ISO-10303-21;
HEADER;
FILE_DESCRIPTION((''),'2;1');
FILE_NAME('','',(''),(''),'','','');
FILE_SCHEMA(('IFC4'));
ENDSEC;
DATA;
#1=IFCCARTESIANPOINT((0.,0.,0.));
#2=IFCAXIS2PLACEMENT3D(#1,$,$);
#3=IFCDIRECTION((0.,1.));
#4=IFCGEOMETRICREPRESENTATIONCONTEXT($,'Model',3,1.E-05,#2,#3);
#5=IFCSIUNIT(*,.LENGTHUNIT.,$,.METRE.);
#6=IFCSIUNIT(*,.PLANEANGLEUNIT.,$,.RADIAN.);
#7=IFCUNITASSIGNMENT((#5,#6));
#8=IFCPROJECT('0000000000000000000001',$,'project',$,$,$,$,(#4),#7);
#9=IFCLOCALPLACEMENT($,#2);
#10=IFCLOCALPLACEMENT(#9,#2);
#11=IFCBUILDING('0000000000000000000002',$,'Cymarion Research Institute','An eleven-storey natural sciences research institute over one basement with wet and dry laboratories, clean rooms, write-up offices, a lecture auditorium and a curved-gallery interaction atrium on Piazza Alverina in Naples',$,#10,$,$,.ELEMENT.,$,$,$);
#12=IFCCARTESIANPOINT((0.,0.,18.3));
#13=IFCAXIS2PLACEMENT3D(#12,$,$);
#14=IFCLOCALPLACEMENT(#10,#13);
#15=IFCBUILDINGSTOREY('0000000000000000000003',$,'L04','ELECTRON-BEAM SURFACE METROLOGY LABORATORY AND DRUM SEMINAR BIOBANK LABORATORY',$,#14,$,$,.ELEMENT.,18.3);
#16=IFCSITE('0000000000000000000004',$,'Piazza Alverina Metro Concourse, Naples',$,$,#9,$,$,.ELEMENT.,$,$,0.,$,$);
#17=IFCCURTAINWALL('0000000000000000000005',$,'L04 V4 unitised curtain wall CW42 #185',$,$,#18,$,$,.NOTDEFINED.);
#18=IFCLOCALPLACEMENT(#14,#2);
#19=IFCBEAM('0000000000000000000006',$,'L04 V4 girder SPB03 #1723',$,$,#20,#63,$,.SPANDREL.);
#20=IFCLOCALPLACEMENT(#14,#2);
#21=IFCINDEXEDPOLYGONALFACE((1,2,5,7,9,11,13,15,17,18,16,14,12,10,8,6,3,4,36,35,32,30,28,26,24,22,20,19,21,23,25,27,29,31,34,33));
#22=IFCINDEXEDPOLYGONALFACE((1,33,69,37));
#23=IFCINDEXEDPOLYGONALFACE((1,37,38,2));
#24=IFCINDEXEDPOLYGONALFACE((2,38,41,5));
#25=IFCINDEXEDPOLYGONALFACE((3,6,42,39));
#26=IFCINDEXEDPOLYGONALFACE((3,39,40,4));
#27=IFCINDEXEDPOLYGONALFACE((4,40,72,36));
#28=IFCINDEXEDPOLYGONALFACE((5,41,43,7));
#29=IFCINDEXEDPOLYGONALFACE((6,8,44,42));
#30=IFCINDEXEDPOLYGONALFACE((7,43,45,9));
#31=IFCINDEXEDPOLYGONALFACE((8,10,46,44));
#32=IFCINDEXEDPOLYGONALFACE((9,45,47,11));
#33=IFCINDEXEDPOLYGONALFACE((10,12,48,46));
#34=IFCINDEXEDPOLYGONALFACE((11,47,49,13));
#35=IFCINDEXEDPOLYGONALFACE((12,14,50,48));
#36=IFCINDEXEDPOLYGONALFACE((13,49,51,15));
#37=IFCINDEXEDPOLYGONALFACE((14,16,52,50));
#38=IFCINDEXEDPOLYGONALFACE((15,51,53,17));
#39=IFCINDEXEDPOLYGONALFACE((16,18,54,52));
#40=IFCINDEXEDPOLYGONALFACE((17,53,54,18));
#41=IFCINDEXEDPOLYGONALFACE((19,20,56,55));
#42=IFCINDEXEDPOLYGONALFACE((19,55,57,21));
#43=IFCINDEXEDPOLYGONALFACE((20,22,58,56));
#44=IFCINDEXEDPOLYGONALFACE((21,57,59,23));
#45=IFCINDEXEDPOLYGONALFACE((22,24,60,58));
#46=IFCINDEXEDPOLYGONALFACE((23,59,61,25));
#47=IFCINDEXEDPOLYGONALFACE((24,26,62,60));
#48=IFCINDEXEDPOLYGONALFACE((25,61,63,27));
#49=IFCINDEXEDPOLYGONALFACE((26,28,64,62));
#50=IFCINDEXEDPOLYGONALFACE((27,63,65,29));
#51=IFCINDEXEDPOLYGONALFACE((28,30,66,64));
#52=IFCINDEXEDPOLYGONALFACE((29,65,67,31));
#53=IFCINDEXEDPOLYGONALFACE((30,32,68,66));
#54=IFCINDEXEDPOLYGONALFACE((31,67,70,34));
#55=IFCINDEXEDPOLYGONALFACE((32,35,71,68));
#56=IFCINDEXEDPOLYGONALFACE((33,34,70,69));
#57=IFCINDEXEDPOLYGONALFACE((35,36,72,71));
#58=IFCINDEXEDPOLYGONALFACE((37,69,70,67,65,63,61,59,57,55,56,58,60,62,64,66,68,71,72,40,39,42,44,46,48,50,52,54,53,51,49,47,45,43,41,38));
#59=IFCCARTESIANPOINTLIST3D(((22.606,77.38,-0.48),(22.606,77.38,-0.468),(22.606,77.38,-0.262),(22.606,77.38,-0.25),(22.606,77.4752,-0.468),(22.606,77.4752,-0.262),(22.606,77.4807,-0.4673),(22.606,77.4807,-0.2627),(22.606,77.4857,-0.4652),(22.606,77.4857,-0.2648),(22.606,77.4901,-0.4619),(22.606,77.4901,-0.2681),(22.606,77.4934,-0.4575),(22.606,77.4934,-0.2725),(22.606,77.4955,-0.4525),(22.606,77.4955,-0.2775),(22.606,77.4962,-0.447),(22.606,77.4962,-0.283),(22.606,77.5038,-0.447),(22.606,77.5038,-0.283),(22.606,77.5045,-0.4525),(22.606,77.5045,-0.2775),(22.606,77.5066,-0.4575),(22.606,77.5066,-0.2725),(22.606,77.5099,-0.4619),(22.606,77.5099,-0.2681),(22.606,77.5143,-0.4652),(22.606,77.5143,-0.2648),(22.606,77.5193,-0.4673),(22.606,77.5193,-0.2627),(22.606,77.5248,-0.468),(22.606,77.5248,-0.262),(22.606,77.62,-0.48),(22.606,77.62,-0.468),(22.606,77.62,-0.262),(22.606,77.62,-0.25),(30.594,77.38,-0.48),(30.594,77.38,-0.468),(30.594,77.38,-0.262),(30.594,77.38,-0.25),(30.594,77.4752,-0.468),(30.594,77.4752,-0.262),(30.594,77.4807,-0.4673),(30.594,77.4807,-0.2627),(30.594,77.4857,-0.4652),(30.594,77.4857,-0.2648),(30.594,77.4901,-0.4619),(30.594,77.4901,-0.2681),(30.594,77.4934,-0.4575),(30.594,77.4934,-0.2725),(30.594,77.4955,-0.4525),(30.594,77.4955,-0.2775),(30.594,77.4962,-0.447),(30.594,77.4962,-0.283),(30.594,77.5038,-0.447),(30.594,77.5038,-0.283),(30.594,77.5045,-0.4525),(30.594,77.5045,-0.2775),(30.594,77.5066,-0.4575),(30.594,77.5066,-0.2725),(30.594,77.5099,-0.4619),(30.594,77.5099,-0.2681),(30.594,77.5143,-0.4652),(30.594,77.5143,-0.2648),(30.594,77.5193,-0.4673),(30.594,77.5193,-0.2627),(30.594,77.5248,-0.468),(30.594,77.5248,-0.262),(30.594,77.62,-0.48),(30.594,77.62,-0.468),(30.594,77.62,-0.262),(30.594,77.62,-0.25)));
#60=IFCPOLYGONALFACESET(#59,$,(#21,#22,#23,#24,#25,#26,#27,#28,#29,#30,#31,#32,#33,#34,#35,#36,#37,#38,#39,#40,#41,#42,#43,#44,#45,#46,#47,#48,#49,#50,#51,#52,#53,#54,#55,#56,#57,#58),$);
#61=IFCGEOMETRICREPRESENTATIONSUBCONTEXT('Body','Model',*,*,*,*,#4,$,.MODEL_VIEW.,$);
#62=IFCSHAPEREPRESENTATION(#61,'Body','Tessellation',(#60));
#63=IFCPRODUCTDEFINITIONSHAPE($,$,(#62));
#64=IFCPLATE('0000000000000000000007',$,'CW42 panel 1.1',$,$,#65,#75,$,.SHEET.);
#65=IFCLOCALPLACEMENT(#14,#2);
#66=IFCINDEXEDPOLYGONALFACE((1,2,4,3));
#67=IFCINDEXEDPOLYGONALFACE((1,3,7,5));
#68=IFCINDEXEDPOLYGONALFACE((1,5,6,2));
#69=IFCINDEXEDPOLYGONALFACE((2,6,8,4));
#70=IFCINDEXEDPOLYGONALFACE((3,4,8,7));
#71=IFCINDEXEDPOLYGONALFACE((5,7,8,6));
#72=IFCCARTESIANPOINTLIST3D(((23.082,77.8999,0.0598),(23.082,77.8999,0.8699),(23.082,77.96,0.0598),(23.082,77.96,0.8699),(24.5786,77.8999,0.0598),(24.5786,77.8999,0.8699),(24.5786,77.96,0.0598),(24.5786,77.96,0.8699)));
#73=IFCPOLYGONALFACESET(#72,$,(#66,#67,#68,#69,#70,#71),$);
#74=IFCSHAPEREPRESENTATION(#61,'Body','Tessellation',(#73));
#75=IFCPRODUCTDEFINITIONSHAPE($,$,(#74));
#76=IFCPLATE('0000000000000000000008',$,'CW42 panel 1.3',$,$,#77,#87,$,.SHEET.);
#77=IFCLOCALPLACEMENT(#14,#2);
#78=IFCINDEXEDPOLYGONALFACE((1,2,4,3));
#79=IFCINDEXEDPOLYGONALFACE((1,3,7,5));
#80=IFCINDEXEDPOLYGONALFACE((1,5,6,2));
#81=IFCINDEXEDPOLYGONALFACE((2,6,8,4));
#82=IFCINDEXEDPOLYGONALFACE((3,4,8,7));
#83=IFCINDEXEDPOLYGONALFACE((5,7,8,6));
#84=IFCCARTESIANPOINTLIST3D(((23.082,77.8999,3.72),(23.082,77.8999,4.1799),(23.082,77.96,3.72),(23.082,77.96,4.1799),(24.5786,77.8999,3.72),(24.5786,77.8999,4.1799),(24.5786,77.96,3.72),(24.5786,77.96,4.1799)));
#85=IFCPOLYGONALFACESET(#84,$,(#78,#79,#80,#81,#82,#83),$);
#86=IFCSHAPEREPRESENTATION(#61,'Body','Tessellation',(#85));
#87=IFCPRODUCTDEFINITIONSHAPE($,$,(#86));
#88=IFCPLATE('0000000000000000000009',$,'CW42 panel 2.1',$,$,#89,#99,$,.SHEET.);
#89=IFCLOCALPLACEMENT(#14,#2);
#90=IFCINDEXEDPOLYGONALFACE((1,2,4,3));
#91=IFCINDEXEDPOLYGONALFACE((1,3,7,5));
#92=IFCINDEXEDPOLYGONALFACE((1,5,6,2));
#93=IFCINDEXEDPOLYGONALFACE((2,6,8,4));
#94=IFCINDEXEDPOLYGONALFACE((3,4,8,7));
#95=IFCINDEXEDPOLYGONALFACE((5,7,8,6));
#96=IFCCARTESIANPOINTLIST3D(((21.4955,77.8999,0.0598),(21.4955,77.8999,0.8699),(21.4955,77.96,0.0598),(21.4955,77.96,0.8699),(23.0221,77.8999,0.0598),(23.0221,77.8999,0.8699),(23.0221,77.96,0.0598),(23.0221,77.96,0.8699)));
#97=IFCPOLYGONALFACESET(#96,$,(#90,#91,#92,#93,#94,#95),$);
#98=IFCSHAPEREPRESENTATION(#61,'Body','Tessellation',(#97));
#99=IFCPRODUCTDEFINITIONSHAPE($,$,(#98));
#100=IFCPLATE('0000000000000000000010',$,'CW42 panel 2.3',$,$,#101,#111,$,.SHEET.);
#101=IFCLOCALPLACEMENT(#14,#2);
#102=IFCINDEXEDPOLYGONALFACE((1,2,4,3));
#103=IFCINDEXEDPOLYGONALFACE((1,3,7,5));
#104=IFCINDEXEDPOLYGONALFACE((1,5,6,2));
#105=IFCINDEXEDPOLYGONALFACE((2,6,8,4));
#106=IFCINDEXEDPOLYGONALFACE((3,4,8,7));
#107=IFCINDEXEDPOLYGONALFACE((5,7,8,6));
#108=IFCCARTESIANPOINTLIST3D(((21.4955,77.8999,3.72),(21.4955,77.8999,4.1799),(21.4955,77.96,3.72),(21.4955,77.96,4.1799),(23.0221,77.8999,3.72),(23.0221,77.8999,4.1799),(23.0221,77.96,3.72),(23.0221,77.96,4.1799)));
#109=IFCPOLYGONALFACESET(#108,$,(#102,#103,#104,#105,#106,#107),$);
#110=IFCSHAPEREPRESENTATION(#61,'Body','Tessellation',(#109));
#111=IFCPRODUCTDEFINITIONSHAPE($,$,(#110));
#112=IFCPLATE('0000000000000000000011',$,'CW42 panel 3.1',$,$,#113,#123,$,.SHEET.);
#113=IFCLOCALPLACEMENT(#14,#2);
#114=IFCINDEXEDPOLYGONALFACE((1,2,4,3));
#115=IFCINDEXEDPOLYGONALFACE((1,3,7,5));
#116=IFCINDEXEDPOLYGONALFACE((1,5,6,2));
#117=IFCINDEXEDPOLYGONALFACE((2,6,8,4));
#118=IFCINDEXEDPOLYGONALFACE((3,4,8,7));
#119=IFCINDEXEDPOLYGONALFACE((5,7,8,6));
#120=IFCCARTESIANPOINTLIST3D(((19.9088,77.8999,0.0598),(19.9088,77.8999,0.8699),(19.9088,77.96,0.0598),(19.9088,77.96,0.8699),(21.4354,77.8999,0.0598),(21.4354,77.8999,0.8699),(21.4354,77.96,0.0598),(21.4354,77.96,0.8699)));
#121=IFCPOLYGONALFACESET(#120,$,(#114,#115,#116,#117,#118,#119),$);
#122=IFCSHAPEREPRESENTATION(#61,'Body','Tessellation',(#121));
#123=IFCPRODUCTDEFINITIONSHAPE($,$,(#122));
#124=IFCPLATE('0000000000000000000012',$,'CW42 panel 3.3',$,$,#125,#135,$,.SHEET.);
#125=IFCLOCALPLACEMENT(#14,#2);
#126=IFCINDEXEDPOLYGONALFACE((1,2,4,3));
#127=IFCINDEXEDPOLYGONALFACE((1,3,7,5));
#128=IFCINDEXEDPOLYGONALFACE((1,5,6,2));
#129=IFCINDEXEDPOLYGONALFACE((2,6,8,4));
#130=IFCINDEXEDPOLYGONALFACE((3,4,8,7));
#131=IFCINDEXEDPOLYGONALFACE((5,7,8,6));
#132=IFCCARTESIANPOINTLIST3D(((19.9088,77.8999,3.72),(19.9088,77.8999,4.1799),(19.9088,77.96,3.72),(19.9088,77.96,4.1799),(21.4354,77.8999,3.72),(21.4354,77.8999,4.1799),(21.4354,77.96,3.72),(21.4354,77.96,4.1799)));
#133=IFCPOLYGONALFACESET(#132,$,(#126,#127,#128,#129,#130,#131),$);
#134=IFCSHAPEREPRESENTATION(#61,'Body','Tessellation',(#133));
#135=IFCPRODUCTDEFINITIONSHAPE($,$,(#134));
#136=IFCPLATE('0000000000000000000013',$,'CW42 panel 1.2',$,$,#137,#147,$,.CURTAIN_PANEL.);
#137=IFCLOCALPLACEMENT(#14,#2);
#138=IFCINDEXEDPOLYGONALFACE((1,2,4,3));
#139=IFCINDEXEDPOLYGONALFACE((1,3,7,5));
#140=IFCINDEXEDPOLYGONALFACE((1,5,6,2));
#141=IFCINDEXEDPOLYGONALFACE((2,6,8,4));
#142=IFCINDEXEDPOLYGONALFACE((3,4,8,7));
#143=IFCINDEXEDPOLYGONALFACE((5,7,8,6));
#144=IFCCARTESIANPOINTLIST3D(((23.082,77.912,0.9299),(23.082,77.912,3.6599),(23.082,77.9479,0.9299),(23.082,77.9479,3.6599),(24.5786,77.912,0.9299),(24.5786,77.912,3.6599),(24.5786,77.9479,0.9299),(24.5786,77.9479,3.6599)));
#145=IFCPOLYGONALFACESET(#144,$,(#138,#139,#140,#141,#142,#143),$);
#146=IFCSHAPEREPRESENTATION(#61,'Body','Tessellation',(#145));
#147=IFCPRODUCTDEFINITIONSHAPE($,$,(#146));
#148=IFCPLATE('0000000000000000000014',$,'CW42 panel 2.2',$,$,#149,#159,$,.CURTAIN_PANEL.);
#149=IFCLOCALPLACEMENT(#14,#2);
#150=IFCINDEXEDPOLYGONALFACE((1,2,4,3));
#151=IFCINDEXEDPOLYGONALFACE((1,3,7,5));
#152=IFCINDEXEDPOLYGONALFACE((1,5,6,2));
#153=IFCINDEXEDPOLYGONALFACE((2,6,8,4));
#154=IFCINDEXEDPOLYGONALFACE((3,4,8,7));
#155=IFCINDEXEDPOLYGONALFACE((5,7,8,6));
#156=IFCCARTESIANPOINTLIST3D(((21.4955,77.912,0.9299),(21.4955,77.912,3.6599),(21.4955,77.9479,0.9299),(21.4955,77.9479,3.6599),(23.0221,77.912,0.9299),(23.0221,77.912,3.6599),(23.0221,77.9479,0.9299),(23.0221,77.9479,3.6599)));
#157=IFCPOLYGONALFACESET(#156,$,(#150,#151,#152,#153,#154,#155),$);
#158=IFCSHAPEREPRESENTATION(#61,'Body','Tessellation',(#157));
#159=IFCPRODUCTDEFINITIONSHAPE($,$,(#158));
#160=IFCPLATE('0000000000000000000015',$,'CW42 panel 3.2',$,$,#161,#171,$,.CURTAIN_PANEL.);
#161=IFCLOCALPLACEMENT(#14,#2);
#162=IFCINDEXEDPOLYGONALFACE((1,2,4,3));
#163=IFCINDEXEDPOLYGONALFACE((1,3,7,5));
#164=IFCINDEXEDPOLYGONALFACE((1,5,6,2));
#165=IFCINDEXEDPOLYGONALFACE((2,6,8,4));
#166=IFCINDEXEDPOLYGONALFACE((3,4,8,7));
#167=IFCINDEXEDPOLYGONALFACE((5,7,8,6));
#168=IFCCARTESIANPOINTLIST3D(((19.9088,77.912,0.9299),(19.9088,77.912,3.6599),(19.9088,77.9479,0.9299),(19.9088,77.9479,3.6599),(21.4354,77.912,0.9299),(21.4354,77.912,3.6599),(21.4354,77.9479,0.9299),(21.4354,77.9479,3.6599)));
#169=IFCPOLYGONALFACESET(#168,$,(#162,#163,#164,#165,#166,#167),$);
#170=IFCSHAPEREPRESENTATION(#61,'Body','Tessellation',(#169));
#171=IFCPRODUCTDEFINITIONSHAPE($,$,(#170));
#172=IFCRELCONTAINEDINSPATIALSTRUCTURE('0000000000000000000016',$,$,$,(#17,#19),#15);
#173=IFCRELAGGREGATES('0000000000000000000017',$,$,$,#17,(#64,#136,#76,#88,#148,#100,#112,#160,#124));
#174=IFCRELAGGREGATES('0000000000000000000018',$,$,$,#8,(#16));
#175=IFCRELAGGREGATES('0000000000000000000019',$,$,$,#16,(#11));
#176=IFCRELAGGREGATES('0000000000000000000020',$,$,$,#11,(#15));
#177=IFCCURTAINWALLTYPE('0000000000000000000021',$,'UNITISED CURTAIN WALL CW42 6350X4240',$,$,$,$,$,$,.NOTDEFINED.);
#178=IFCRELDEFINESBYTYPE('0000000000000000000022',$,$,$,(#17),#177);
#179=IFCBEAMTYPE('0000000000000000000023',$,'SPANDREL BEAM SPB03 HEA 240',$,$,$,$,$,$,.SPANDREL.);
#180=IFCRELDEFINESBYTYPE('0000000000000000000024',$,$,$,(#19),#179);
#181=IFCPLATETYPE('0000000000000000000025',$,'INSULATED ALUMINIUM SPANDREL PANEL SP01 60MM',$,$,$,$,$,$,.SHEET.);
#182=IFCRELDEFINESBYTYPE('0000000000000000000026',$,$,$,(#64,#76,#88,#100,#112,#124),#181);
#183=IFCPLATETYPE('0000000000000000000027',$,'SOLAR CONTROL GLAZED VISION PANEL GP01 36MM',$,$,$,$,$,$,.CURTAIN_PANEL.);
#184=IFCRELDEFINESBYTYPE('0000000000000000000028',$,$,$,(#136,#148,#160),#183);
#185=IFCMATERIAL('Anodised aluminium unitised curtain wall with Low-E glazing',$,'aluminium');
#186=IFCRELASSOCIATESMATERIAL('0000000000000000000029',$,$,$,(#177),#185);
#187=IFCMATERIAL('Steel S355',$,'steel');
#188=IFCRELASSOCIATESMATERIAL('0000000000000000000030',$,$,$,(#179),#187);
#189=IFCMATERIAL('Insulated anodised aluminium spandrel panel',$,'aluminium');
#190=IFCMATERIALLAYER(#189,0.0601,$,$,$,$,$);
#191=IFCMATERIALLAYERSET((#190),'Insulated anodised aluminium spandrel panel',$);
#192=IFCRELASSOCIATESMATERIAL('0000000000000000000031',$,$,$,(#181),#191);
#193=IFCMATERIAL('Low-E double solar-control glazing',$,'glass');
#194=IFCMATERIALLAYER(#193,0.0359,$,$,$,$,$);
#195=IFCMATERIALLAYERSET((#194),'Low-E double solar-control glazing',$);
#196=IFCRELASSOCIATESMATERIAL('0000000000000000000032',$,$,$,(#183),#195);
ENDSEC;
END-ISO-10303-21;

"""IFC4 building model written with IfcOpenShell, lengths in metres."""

from ifc_helpers import new_model, si_unit, direction, frame, origin, origin_2d, place, context, subcontext, project, spatial, rectangle, i_section, extrude, material, layer, layer_set, material_profile, profile_set, type_object, element, aggregate, save


model = new_model("IFC4")

# Units and contexts
model_context = context("Model", 3, precision=1e-05, world=origin(), true_north=direction((0.0, 1.0)))
body_context = subcontext(model_context, "Body", "Model", "MODEL_VIEW")
ifc_project = project(units=[si_unit("LENGTHUNIT", "METRE"), si_unit("PLANEANGLEUNIT", "RADIAN")], contexts=[model_context])

# Site, building, storey
site_placement = place(None, origin())
site = spatial("IfcSite", under=ifc_project, at=site_placement, Name="Piazza Alverina Metro Concourse, Naples", CompositionType="ELEMENT", RefElevation=0.0)
building_placement = place(site_placement, origin())
building = spatial("IfcBuilding", under=site, at=building_placement, Name="Cymarion Research Institute", Description="An eleven-storey natural sciences research institute over one basement with wet and dry laboratories, clean rooms, write-up offices, a lecture auditorium and a curved-gallery interaction atrium on Piazza Alverina in Naples", CompositionType="ELEMENT")
storey_placement = place(building_placement, frame((0.0, 0.0, 18.3)))
storey = spatial("IfcBuildingStorey", under=building, at=storey_placement, Name="L04", Description="ELECTRON-BEAM SURFACE METROLOGY LABORATORY AND DRUM SEMINAR BIOBANK LABORATORY", CompositionType="ELEMENT", Elevation=18.3)

# Shared definitions
ifc_material_1 = material(Name="Steel S355", Category="steel")

# Shared definitions
ifc_material_2 = material(Name="Anodised aluminium unitised curtain wall with Low-E glazing", Category="aluminium")
curtain_wall_type = type_object("IfcCurtainWallType", Name="UNITISED CURTAIN WALL CW42 6350X4240", PredefinedType="NOTDEFINED", material=ifc_material_2)

# Curtain wall
curtain_wall_1_placement = place(storey_placement, origin())
curtain_wall_1 = element("IfcCurtainWall", 1, at=curtain_wall_1_placement, inside=storey, type_object=curtain_wall_type, Name="L04 V4 unitised curtain wall CW42 #185", PredefinedType="NOTDEFINED")

# Beam
ifc_material_profile_1 = material_profile(ifc_material_1, i_section(OverallWidth=0.24, OverallDepth=0.23, WebThickness=0.0076, FlangeThickness=0.012, FilletRadius=0.021, at=origin_2d()), Name="HEA 240")
ifc_profile_set_1 = profile_set([ifc_material_profile_1], Name="Steel S355")
beam_type_1 = type_object("IfcBeamType", Name="SPANDREL BEAM SPB03 HEA 240", PredefinedType="SPANDREL", material=ifc_profile_set_1)
beam_1_placement = place(storey_placement, frame((22.606, 77.5, -0.365), z_axis=(1.0, 0.0, 0.0), x_axis=(0.0, 1.0, 0.0)))
element("IfcBeam", 2, at=beam_1_placement, inside=storey, type_object=beam_type_1, Name="L04 V4 girder SPB03 #1723", PredefinedType="SPANDREL", context=body_context, shape_type="SweptSolid", body=[
    extrude(i_section(OverallWidth=0.24, OverallDepth=0.23, WebThickness=0.0076, FlangeThickness=0.012, FilletRadius=0.021, at=origin_2d()), origin(), (0.0, 0.0, 1.0), 7.988),
])

# Plates
ifc_material_3 = material(Name="Insulated anodised aluminium spandrel panel", Category="aluminium")
ifc_layer_1 = layer(ifc_material_3, 0.0601)
ifc_layer_set_1 = layer_set([ifc_layer_1], Name="Insulated anodised aluminium spandrel panel")
plate_type_1 = type_object("IfcPlateType", Name="INSULATED ALUMINIUM SPANDREL PANEL SP01 60MM", PredefinedType="SHEET", material=ifc_layer_set_1)
plate_1_placement = place(storey_placement, frame((23.8303, 77.9299, 0.0598), z_axis=(0.0, 0.0, 1.0), x_axis=(-1.0, 0.0, 0.0)))
plate_1 = element("IfcPlate", 3, at=plate_1_placement, type_object=plate_type_1, Name="CW42 panel 1.1", PredefinedType="SHEET", context=body_context, shape_type="SweptSolid", body=[
    extrude(rectangle(XDim=1.4966, YDim=0.0601, at=origin_2d()), origin(), (0.0, 0.0, 1.0), 0.8101),
])
plate_2_placement = place(storey_placement, frame((23.8303, 77.9299, 3.72), z_axis=(0.0, 0.0, 1.0), x_axis=(-1.0, 0.0, 0.0)))
plate_2 = element("IfcPlate", 4, at=plate_2_placement, type_object=plate_type_1, Name="CW42 panel 1.3", PredefinedType="SHEET", context=body_context, shape_type="SweptSolid", body=[
    extrude(rectangle(XDim=1.4966, YDim=0.0601, at=origin_2d()), origin(), (0.0, 0.0, 1.0), 0.46),
])
plate_3_placement = place(storey_placement, frame((22.2588, 77.9299, 0.0598), z_axis=(0.0, 0.0, 1.0), x_axis=(-1.0, 0.0, 0.0)))
plate_3 = element("IfcPlate", 5, at=plate_3_placement, type_object=plate_type_1, Name="CW42 panel 2.1", PredefinedType="SHEET", context=body_context, shape_type="SweptSolid", body=[
    extrude(rectangle(XDim=1.5266, YDim=0.0601, at=origin_2d()), origin(), (0.0, 0.0, 1.0), 0.8101),
])
plate_4_placement = place(storey_placement, frame((22.2588, 77.9299, 3.72), z_axis=(0.0, 0.0, 1.0), x_axis=(-1.0, 0.0, 0.0)))
plate_4 = element("IfcPlate", 6, at=plate_4_placement, type_object=plate_type_1, Name="CW42 panel 2.3", PredefinedType="SHEET", context=body_context, shape_type="SweptSolid", body=[
    extrude(rectangle(XDim=1.5266, YDim=0.0601, at=origin_2d()), origin(), (0.0, 0.0, 1.0), 0.46),
])
plate_5_placement = place(storey_placement, frame((20.6721, 77.9299, 0.0598), z_axis=(0.0, 0.0, 1.0), x_axis=(-1.0, 0.0, 0.0)))
plate_5 = element("IfcPlate", 7, at=plate_5_placement, type_object=plate_type_1, Name="CW42 panel 3.1", PredefinedType="SHEET", context=body_context, shape_type="SweptSolid", body=[
    extrude(rectangle(XDim=1.5266, YDim=0.0601, at=origin_2d()), origin(), (0.0, 0.0, 1.0), 0.8101),
])
plate_6_placement = place(storey_placement, frame((20.6721, 77.9299, 3.72), z_axis=(0.0, 0.0, 1.0), x_axis=(-1.0, 0.0, 0.0)))
plate_6 = element("IfcPlate", 8, at=plate_6_placement, type_object=plate_type_1, Name="CW42 panel 3.3", PredefinedType="SHEET", context=body_context, shape_type="SweptSolid", body=[
    extrude(rectangle(XDim=1.5266, YDim=0.0601, at=origin_2d()), origin(), (0.0, 0.0, 1.0), 0.46),
])
ifc_material_4 = material(Name="Low-E double solar-control glazing", Category="glass")
ifc_layer_2 = layer(ifc_material_4, 0.0359)
ifc_layer_set_2 = layer_set([ifc_layer_2], Name="Low-E double solar-control glazing")
plate_type_2 = type_object("IfcPlateType", Name="SOLAR CONTROL GLAZED VISION PANEL GP01 36MM", PredefinedType="CURTAIN_PANEL", material=ifc_layer_set_2)
plate_7_placement = place(storey_placement, frame((23.8303, 77.9299, 0.9299), z_axis=(0.0, 0.0, 1.0), x_axis=(-1.0, 0.0, 0.0)))
plate_7 = element("IfcPlate", 9, at=plate_7_placement, type_object=plate_type_2, Name="CW42 panel 1.2", PredefinedType="CURTAIN_PANEL", context=body_context, shape_type="SweptSolid", body=[
    extrude(rectangle(XDim=1.4966, YDim=0.0359, at=origin_2d()), origin(), (0.0, 0.0, 1.0), 2.73),
])
plate_8_placement = place(storey_placement, frame((22.2588, 77.9299, 0.9299), z_axis=(0.0, 0.0, 1.0), x_axis=(-1.0, 0.0, 0.0)))
plate_8 = element("IfcPlate", 10, at=plate_8_placement, type_object=plate_type_2, Name="CW42 panel 2.2", PredefinedType="CURTAIN_PANEL", context=body_context, shape_type="SweptSolid", body=[
    extrude(rectangle(XDim=1.5266, YDim=0.0359, at=origin_2d()), origin(), (0.0, 0.0, 1.0), 2.73),
])
plate_9_placement = place(storey_placement, frame((20.6721, 77.9299, 0.9299), z_axis=(0.0, 0.0, 1.0), x_axis=(-1.0, 0.0, 0.0)))
plate_9 = element("IfcPlate", 11, at=plate_9_placement, type_object=plate_type_2, Name="CW42 panel 3.2", PredefinedType="CURTAIN_PANEL", context=body_context, shape_type="SweptSolid", body=[
    extrude(rectangle(XDim=1.5266, YDim=0.0359, at=origin_2d()), origin(), (0.0, 0.0, 1.0), 2.73),
])
aggregate(curtain_wall_1, [plate_1, plate_7, plate_2, plate_3, plate_8, plate_4, plate_5, plate_9, plate_6])

save(model, "model.ifc")
